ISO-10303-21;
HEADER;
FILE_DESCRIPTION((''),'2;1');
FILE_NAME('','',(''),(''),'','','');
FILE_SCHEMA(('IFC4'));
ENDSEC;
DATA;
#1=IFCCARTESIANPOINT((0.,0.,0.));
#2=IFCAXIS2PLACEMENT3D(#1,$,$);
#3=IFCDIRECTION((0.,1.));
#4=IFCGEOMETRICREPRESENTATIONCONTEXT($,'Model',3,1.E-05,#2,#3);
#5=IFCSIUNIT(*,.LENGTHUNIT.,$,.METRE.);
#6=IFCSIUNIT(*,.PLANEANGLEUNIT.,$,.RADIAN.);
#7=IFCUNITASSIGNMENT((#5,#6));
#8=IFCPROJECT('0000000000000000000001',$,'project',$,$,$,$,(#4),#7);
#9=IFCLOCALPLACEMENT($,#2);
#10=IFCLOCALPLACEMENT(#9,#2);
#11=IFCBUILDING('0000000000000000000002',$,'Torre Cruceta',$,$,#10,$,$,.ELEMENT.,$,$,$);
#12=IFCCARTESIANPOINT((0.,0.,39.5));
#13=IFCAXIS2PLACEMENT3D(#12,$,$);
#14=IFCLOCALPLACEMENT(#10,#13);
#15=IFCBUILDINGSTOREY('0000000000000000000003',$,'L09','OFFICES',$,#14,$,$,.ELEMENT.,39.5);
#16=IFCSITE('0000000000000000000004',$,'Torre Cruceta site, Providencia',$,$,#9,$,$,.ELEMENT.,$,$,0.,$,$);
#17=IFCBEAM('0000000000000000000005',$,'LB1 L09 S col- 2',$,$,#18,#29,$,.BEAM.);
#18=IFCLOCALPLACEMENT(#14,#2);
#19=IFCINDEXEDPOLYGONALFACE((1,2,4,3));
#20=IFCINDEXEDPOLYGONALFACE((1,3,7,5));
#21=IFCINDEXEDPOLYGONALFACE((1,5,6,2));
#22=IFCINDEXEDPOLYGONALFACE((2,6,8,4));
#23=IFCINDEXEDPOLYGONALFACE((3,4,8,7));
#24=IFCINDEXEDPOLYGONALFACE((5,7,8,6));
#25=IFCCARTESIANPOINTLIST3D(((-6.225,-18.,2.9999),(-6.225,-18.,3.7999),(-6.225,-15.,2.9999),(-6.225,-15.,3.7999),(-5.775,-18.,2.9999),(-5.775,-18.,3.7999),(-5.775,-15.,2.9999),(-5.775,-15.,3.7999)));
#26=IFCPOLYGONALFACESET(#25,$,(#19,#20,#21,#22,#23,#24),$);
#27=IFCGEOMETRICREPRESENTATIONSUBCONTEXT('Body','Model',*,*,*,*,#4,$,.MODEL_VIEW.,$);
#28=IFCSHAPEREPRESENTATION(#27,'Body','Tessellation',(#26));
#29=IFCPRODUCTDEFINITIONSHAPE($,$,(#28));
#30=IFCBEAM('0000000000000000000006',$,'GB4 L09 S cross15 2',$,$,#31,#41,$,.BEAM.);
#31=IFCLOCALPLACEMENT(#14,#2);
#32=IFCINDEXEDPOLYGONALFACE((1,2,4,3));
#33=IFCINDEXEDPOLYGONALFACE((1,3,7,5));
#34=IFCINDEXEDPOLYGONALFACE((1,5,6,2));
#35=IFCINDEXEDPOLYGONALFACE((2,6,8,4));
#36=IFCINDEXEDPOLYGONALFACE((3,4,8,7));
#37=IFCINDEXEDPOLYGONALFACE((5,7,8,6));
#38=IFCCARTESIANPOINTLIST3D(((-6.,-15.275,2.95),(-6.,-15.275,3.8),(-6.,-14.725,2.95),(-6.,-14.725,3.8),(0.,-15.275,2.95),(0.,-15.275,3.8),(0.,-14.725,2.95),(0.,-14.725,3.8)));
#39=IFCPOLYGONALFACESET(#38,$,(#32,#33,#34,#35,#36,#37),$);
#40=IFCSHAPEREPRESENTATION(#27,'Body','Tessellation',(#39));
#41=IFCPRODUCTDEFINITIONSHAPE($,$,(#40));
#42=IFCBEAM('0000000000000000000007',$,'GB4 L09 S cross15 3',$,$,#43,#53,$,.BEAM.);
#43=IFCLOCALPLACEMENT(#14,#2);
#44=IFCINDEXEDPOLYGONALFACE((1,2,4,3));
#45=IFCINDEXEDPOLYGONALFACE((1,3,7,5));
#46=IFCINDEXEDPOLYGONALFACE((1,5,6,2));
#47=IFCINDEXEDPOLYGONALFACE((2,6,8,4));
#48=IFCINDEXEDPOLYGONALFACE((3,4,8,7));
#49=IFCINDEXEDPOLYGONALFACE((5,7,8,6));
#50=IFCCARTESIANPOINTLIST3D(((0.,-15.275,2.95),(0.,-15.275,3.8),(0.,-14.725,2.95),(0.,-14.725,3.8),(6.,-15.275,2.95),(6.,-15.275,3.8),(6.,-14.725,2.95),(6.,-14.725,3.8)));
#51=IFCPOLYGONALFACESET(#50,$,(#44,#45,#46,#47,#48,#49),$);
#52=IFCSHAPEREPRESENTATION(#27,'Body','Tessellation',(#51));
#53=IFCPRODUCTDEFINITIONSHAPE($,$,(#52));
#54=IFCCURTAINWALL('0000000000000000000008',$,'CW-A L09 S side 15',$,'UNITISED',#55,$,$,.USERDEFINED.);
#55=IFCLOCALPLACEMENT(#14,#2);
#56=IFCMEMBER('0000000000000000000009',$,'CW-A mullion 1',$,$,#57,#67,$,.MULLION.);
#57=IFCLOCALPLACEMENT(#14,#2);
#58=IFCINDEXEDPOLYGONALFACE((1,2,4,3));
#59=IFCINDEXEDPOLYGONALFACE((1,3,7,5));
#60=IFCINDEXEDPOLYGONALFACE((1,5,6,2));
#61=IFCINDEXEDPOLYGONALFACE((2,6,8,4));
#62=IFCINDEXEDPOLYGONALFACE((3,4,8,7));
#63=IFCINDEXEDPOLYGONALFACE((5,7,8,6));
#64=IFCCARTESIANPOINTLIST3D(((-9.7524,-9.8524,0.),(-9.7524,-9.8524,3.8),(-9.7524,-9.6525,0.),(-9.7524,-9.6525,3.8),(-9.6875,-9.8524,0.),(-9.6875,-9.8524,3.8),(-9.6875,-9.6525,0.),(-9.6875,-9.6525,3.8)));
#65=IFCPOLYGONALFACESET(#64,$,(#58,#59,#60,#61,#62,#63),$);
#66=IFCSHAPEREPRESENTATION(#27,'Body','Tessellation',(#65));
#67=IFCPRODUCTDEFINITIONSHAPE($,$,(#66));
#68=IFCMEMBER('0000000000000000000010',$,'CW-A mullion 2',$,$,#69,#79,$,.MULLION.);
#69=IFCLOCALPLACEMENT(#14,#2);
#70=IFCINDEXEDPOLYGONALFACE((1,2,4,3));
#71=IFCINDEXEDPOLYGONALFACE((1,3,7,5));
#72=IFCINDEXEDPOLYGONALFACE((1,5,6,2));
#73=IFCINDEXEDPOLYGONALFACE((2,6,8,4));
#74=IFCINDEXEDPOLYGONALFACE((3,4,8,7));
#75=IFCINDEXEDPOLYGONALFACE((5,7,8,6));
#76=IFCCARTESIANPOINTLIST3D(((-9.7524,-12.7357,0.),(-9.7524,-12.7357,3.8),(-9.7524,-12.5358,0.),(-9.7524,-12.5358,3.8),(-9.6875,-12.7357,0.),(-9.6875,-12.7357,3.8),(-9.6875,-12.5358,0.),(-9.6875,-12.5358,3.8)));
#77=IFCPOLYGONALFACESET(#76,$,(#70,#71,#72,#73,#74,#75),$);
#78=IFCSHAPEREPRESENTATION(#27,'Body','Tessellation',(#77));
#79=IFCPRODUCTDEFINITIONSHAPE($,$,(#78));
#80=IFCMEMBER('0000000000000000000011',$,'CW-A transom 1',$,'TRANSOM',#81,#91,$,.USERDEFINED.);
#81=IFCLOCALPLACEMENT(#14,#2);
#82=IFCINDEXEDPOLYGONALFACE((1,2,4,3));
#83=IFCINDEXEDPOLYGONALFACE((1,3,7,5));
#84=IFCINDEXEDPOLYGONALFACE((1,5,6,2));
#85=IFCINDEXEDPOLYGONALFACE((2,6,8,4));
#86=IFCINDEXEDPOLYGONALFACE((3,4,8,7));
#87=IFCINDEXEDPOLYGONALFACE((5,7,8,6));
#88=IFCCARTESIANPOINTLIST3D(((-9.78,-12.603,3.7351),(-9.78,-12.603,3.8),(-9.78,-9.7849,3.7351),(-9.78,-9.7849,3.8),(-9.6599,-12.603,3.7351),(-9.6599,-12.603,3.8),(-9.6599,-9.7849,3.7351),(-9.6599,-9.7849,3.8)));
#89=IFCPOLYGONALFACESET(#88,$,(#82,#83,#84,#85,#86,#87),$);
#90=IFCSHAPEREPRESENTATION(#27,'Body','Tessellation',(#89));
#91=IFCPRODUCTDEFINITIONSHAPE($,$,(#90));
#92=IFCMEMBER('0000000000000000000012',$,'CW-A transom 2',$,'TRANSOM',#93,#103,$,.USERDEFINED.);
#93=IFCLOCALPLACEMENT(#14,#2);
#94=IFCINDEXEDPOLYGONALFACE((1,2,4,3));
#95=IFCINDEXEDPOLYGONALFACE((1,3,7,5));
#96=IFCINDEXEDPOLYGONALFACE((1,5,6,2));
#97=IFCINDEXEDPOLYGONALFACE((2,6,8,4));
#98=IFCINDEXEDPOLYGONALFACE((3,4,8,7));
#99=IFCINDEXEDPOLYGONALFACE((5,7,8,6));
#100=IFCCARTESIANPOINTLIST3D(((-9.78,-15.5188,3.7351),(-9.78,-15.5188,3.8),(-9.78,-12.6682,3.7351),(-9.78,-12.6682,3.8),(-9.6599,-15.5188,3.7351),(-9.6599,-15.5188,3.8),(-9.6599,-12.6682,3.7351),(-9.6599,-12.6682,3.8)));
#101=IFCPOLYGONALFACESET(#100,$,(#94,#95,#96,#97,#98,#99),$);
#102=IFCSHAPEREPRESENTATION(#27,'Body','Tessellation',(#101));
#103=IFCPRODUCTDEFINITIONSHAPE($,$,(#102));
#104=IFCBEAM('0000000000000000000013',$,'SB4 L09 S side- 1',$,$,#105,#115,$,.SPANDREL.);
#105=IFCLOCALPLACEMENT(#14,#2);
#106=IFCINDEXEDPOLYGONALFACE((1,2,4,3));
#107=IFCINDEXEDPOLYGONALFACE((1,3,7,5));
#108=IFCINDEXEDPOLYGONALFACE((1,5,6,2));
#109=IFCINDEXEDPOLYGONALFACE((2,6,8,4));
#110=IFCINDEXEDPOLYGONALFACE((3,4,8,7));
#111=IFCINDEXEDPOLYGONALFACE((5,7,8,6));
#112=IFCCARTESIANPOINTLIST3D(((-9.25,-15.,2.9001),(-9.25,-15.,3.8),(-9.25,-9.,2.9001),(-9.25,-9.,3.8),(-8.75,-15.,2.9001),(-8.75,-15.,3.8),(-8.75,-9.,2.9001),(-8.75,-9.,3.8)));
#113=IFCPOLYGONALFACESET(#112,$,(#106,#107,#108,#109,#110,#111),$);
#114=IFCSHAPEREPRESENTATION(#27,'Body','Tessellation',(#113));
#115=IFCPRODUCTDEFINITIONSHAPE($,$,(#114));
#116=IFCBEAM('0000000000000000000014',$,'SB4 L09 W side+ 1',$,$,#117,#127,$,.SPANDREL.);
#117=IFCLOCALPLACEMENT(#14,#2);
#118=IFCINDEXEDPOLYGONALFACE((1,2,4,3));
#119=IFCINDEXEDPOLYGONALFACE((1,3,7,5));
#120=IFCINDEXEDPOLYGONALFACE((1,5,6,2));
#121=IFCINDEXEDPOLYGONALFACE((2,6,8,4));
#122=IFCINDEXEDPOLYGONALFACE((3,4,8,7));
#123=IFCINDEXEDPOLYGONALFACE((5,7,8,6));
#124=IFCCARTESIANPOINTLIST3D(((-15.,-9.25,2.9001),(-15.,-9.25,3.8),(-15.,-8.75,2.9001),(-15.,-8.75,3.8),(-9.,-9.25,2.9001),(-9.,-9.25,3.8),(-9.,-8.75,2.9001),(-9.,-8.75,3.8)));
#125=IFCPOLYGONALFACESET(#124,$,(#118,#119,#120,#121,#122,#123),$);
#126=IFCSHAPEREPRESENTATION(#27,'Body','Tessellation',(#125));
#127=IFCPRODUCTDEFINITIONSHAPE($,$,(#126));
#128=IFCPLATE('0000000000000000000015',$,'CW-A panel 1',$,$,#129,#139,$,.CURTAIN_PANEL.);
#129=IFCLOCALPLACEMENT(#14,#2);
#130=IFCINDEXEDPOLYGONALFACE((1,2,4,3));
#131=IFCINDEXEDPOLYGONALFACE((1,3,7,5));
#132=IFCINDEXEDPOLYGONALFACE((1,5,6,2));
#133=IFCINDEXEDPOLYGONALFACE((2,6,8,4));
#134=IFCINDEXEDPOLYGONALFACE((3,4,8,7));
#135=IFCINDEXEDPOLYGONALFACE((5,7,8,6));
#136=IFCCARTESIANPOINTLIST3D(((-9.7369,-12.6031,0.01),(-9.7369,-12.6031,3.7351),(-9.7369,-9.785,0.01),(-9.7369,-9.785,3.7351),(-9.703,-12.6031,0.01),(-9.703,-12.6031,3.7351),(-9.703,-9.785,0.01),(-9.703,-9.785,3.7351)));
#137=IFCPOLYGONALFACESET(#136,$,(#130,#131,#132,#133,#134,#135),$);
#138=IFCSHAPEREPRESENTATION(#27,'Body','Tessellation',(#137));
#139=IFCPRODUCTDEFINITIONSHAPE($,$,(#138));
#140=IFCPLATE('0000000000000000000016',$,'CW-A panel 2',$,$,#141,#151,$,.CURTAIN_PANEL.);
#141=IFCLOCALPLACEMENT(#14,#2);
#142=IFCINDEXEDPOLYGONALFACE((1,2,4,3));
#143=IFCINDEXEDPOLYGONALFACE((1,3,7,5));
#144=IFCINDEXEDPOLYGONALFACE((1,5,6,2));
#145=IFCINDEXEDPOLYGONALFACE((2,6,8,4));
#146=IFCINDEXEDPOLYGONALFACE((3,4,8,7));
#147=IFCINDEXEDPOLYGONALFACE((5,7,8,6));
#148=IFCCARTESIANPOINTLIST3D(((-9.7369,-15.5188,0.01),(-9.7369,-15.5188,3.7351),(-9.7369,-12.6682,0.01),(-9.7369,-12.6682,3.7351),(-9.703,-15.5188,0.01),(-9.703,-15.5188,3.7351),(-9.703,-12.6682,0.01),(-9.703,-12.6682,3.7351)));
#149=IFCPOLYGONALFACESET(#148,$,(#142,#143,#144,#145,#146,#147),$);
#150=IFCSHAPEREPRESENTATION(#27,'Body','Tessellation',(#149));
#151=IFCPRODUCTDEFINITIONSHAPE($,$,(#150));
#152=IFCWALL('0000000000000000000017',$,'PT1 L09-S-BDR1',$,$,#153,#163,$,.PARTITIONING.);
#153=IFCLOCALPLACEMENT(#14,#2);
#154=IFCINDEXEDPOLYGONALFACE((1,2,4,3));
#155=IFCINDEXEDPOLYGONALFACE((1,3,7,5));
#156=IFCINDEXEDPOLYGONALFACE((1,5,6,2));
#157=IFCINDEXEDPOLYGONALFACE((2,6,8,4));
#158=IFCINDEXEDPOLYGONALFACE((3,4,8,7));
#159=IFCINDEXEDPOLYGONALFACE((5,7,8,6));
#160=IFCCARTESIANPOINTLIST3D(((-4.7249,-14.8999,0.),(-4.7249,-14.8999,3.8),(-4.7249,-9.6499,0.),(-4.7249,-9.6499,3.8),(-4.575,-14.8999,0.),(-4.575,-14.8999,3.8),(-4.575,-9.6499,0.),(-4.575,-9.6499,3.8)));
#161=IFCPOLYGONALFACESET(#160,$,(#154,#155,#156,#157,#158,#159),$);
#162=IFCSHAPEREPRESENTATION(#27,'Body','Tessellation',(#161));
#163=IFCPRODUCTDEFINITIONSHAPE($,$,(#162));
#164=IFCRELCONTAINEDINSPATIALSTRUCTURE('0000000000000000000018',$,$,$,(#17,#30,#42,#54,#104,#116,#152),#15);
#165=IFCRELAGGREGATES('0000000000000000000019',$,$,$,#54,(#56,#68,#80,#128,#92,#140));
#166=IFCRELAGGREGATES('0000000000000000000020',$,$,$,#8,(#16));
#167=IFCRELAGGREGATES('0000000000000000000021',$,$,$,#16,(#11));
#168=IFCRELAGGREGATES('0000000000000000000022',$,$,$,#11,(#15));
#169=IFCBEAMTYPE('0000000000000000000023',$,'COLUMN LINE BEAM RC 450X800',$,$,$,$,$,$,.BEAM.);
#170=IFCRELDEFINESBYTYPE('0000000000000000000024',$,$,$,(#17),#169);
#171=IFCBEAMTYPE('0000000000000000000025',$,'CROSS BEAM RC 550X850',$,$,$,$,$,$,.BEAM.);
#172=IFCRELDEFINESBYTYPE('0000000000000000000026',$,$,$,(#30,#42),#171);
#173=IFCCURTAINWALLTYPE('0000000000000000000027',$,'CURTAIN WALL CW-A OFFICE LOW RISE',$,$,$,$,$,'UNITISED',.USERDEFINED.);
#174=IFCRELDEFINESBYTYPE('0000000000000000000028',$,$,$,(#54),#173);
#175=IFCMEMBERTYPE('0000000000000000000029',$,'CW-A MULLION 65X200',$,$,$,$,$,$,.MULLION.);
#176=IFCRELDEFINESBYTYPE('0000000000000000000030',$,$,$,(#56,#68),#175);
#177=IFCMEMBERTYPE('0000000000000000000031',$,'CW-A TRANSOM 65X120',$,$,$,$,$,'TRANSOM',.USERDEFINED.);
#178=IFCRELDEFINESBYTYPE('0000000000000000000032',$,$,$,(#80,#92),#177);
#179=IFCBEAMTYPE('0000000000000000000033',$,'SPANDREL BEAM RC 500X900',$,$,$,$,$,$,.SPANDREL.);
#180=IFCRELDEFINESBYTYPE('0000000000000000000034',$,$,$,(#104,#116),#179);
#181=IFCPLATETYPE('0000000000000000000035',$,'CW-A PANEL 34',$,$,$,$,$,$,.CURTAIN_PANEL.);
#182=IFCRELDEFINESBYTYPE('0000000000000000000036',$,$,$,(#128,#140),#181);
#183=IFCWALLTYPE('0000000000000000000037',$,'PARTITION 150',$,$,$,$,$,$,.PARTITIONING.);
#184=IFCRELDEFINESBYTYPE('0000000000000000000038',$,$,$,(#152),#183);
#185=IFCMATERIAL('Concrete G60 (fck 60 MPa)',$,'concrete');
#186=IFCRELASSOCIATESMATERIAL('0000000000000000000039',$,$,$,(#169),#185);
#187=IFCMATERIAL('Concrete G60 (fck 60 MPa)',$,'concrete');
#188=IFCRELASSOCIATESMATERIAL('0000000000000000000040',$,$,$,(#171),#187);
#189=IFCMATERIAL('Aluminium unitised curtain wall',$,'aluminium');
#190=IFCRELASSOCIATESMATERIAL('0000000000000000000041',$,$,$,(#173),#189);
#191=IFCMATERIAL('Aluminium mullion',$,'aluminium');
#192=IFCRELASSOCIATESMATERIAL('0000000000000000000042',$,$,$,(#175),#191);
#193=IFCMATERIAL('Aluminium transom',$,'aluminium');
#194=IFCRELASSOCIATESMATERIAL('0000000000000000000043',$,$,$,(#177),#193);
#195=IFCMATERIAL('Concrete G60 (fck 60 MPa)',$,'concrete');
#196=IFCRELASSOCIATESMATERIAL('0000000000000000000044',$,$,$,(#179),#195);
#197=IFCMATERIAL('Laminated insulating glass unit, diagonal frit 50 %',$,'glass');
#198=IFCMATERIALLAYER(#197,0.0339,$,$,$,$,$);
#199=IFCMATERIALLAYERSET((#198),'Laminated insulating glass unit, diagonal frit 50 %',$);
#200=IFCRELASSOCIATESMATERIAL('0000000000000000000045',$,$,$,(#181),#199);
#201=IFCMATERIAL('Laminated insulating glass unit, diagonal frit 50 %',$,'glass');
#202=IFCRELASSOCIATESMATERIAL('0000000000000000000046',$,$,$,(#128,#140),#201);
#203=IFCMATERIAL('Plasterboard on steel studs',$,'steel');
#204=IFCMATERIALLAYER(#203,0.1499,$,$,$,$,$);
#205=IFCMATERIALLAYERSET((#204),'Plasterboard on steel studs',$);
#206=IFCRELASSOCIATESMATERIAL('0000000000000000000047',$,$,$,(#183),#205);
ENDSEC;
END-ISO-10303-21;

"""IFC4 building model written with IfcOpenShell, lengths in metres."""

from ifc_helpers import new_model, si_unit, direction, frame, frame_2d, origin, origin_2d, place, context, subcontext, project, spatial, rectangle, extrude, material, layer, layer_set, material_profile, profile_set, type_object, element, aggregate, save


model = new_model("IFC4")

# Units and contexts
model_context = context("Model", 3, precision=1e-05, world=origin(), true_north=direction((0.0, 1.0)))
body_context = subcontext(model_context, "Body", "Model", "MODEL_VIEW")
ifc_project = project(units=[si_unit("LENGTHUNIT", "METRE"), si_unit("PLANEANGLEUNIT", "RADIAN")], contexts=[model_context])

# Site, building, storey
site_placement = place(None, origin())
site = spatial("IfcSite", under=ifc_project, at=site_placement, Name="Torre Cruceta site, Providencia", CompositionType="ELEMENT", RefElevation=0.0)
building_placement = place(site_placement, origin())
building = spatial("IfcBuilding", under=site, at=building_placement, Name="Torre Cruceta", CompositionType="ELEMENT")
storey_placement = place(building_placement, frame((0.0, 0.0, 39.5)))
storey = spatial("IfcBuildingStorey", under=building, at=storey_placement, Name="L09", Description="OFFICES", CompositionType="ELEMENT", Elevation=39.5)

# Beams
ifc_material_1 = material(Name="Concrete G60 (fck 60 MPa)", Category="concrete")
ifc_material_profile_1 = material_profile(ifc_material_1, rectangle(XDim=0.45, YDim=0.8, at=origin_2d()), Name="RC 450X800")
ifc_profile_set_1 = profile_set([ifc_material_profile_1], Name="Concrete G60 (fck 60 MPa)")
beam_type_1 = type_object("IfcBeamType", Name="COLUMN LINE BEAM RC 450X800", PredefinedType="BEAM", material=ifc_profile_set_1)
beam_placement = place(storey_placement, frame((-6.0, -15.0, 3.3999), z_axis=(0.0, -1.0, 0.0), x_axis=(1.0, 0.0, 0.0)))
element("IfcBeam", 1, at=beam_placement, inside=storey, type_object=beam_type_1, Name="LB1 L09 S col- 2", PredefinedType="BEAM", context=body_context, shape_type="SweptSolid", body=[
    extrude(rectangle(XDim=0.45, YDim=0.8, at=origin_2d()), origin(), (0.0, 0.0, 1.0), 3.0),
])
ifc_material_2 = material(Name="Concrete G60 (fck 60 MPa)", Category="concrete")
ifc_material_profile_2 = material_profile(ifc_material_2, rectangle(XDim=0.55, YDim=0.8501, at=origin_2d()), Name="RC 550X850")
ifc_profile_set_2 = profile_set([ifc_material_profile_2], Name="Concrete G60 (fck 60 MPa)")
beam_type_2 = type_object("IfcBeamType", Name="CROSS BEAM RC 550X850", PredefinedType="BEAM", material=ifc_profile_set_2)
for number, where, z_axis, x_axis, name in (
    (2, (-6.0, -15.0, 3.375), (1.0, 0.0, 0.0), (0.0, 1.0, 0.0), "GB4 L09 S cross15 2"),
    (3, (0.0, -15.0, 3.375), (1.0, 0.0, 0.0), (0.0, 1.0, 0.0), "GB4 L09 S cross15 3"),
):
    element("IfcBeam", number, at=place(storey_placement, frame(where, z_axis=z_axis, x_axis=x_axis)), inside=storey, type_object=beam_type_2, Name=name, PredefinedType="BEAM", context=body_context, shape_type="SweptSolid", body=[
        extrude(rectangle(XDim=0.55, YDim=0.8501, at=origin_2d()), origin(), (0.0, 0.0, 1.0), 6.0),
    ])

# Curtain wall, members
ifc_material_3 = material(Name="Aluminium unitised curtain wall", Category="aluminium")
curtain_wall_type = type_object("IfcCurtainWallType", Name="CURTAIN WALL CW-A OFFICE LOW RISE", ElementType="UNITISED", PredefinedType="USERDEFINED", material=ifc_material_3)
curtain_wall_placement = place(storey_placement, origin())
curtain_wall = element("IfcCurtainWall", 4, at=curtain_wall_placement, inside=storey, type_object=curtain_wall_type, Name="CW-A L09 S side 15", ObjectType="UNITISED", PredefinedType="USERDEFINED")
ifc_material_4 = material(Name="Aluminium mullion", Category="aluminium")
ifc_material_profile_3 = material_profile(ifc_material_4, rectangle(XDim=0.0649, YDim=0.2, at=origin_2d()), Name="AL 65X200")
ifc_profile_set_3 = profile_set([ifc_material_profile_3], Name="Aluminium mullion")
member_type_1 = type_object("IfcMemberType", Name="CW-A MULLION 65X200", PredefinedType="MULLION", material=ifc_profile_set_3)
member_1_placement = place(storey_placement, frame((-9.72, -9.7524, 0.0), z_axis=(0.0, 0.0, 1.0), x_axis=(1.0, 0.0, 0.0)))
member_1 = element("IfcMember", 5, at=member_1_placement, type_object=member_type_1, Name="CW-A mullion 1", PredefinedType="MULLION", context=body_context, shape_type="SweptSolid", body=[
    extrude(rectangle(XDim=0.0649, YDim=0.2, at=origin_2d()), origin(), (0.0, 0.0, 1.0), 3.8),
])
member_2_placement = place(storey_placement, frame((-9.72, -12.6357, 0.0), z_axis=(0.0, 0.0, 1.0), x_axis=(1.0, 0.0, 0.0)))
member_2 = element("IfcMember", 6, at=member_2_placement, type_object=member_type_1, Name="CW-A mullion 2", PredefinedType="MULLION", context=body_context, shape_type="SweptSolid", body=[
    extrude(rectangle(XDim=0.0649, YDim=0.2, at=origin_2d()), origin(), (0.0, 0.0, 1.0), 3.8),
])
ifc_material_5 = material(Name="Aluminium transom", Category="aluminium")
ifc_material_profile_4 = material_profile(ifc_material_5, rectangle(XDim=0.1201, YDim=0.0649, at=origin_2d()), Name="AL 120X65")
ifc_profile_set_4 = profile_set([ifc_material_profile_4], Name="Aluminium transom")
member_type_2 = type_object("IfcMemberType", Name="CW-A TRANSOM 65X120", ElementType="TRANSOM", PredefinedType="USERDEFINED", material=ifc_profile_set_4)
member_3_placement = place(storey_placement, frame((-9.72, -9.7849, 3.7676), z_axis=(0.0, -1.0, 0.0), x_axis=(1.0, 0.0, 0.0)))
member_3 = element("IfcMember", 7, at=member_3_placement, type_object=member_type_2, Name="CW-A transom 1", ObjectType="TRANSOM", PredefinedType="USERDEFINED", context=body_context, shape_type="SweptSolid", body=[
    extrude(rectangle(XDim=0.1201, YDim=0.0649, at=origin_2d()), origin(), (0.0, 0.0, 1.0), 2.8181),
])
member_4_placement = place(storey_placement, frame((-9.72, -12.6682, 3.7676), z_axis=(0.0, -1.0, 0.0), x_axis=(1.0, 0.0, 0.0)))
member_4 = element("IfcMember", 8, at=member_4_placement, type_object=member_type_2, Name="CW-A transom 2", ObjectType="TRANSOM", PredefinedType="USERDEFINED", context=body_context, shape_type="SweptSolid", body=[
    extrude(rectangle(XDim=0.1201, YDim=0.0649, at=origin_2d()), origin(), (0.0, 0.0, 1.0), 2.8506),
])

# Beams
ifc_material_6 = material(Name="Concrete G60 (fck 60 MPa)", Category="concrete")
ifc_material_profile_5 = material_profile(ifc_material_6, rectangle(XDim=0.5, YDim=0.8999, at=origin_2d()), Name="RC 500X900")
ifc_profile_set_5 = profile_set([ifc_material_profile_5], Name="Concrete G60 (fck 60 MPa)")
beam_type_3 = type_object("IfcBeamType", Name="SPANDREL BEAM RC 500X900", PredefinedType="SPANDREL", material=ifc_profile_set_5)
for number, where, z_axis, x_axis, name in (
    (9, (-9.0, -9.0, 3.3501), (0.0, -1.0, 0.0), (1.0, 0.0, 0.0), "SB4 L09 S side- 1"),
    (10, (-9.0, -9.0, 3.3501), (-1.0, 0.0, 0.0), (0.0, -1.0, 0.0), "SB4 L09 W side+ 1"),
):
    element("IfcBeam", number, at=place(storey_placement, frame(where, z_axis=z_axis, x_axis=x_axis)), inside=storey, type_object=beam_type_3, Name=name, PredefinedType="SPANDREL", context=body_context, shape_type="SweptSolid", body=[
        extrude(rectangle(XDim=0.5, YDim=0.8999, at=origin_2d()), origin(), (0.0, 0.0, 1.0), 6.0),
    ])

# Plates
ifc_material_7 = material(Name="Laminated insulating glass unit, diagonal frit 50 %", Category="glass")
ifc_material_8 = material(Name="Laminated insulating glass unit, diagonal frit 50 %", Category="glass")
ifc_layer_1 = layer(ifc_material_8, 0.0339)
ifc_layer_set_1 = layer_set([ifc_layer_1], Name="Laminated insulating glass unit, diagonal frit 50 %")
plate_type = type_object("IfcPlateType", Name="CW-A PANEL 34", PredefinedType="CURTAIN_PANEL", material=ifc_layer_set_1)
plate_1_placement = place(storey_placement, frame((-9.72, -11.1941, 0.01), z_axis=(0.0, 0.0, 1.0), x_axis=(0.0, -1.0, 0.0)))
plate_1 = element("IfcPlate", 11, at=plate_1_placement, type_object=plate_type, material=ifc_material_7, Name="CW-A panel 1", PredefinedType="CURTAIN_PANEL", context=body_context, shape_type="SweptSolid", body=[
    extrude(rectangle(XDim=2.8181, YDim=0.0339, at=origin_2d()), origin(), (0.0, 0.0, 1.0), 3.7251),
])
plate_2_placement = place(storey_placement, frame((-9.72, -14.0935, 0.01), z_axis=(0.0, 0.0, 1.0), x_axis=(0.0, -1.0, 0.0)))
plate_2 = element("IfcPlate", 12, at=plate_2_placement, type_object=plate_type, material=ifc_material_7, Name="CW-A panel 2", PredefinedType="CURTAIN_PANEL", context=body_context, shape_type="SweptSolid", body=[
    extrude(rectangle(XDim=2.8506, YDim=0.0339, at=origin_2d()), origin(), (0.0, 0.0, 1.0), 3.7251),
])
aggregate(curtain_wall, [member_1, member_2, member_3, plate_1, member_4, plate_2])

# Wall
ifc_material_9 = material(Name="Plasterboard on steel studs", Category="steel")
ifc_layer_2 = layer(ifc_material_9, 0.1499)
ifc_layer_set_2 = layer_set([ifc_layer_2], Name="Plasterboard on steel studs")
wall_type_1 = type_object("IfcWallType", Name="PARTITION 150", PredefinedType="PARTITIONING", material=ifc_layer_set_2)
wall_1_placement = place(storey_placement, frame((-4.6499, -9.6499, 0.0), z_axis=(0.0, 0.0, 1.0), x_axis=(0.0, -1.0, 0.0)))
element("IfcWall", 13, at=wall_1_placement, inside=storey, type_object=wall_type_1, Name="PT1 L09-S-BDR1", PredefinedType="PARTITIONING", context=body_context, shape_type="SweptSolid", body=[
    extrude(rectangle(XDim=5.25, YDim=0.1499, at=frame_2d((2.625, 0.0))), origin(), (0.0, 0.0, 1.0), 3.8),
])

save(model, "model.ifc")
